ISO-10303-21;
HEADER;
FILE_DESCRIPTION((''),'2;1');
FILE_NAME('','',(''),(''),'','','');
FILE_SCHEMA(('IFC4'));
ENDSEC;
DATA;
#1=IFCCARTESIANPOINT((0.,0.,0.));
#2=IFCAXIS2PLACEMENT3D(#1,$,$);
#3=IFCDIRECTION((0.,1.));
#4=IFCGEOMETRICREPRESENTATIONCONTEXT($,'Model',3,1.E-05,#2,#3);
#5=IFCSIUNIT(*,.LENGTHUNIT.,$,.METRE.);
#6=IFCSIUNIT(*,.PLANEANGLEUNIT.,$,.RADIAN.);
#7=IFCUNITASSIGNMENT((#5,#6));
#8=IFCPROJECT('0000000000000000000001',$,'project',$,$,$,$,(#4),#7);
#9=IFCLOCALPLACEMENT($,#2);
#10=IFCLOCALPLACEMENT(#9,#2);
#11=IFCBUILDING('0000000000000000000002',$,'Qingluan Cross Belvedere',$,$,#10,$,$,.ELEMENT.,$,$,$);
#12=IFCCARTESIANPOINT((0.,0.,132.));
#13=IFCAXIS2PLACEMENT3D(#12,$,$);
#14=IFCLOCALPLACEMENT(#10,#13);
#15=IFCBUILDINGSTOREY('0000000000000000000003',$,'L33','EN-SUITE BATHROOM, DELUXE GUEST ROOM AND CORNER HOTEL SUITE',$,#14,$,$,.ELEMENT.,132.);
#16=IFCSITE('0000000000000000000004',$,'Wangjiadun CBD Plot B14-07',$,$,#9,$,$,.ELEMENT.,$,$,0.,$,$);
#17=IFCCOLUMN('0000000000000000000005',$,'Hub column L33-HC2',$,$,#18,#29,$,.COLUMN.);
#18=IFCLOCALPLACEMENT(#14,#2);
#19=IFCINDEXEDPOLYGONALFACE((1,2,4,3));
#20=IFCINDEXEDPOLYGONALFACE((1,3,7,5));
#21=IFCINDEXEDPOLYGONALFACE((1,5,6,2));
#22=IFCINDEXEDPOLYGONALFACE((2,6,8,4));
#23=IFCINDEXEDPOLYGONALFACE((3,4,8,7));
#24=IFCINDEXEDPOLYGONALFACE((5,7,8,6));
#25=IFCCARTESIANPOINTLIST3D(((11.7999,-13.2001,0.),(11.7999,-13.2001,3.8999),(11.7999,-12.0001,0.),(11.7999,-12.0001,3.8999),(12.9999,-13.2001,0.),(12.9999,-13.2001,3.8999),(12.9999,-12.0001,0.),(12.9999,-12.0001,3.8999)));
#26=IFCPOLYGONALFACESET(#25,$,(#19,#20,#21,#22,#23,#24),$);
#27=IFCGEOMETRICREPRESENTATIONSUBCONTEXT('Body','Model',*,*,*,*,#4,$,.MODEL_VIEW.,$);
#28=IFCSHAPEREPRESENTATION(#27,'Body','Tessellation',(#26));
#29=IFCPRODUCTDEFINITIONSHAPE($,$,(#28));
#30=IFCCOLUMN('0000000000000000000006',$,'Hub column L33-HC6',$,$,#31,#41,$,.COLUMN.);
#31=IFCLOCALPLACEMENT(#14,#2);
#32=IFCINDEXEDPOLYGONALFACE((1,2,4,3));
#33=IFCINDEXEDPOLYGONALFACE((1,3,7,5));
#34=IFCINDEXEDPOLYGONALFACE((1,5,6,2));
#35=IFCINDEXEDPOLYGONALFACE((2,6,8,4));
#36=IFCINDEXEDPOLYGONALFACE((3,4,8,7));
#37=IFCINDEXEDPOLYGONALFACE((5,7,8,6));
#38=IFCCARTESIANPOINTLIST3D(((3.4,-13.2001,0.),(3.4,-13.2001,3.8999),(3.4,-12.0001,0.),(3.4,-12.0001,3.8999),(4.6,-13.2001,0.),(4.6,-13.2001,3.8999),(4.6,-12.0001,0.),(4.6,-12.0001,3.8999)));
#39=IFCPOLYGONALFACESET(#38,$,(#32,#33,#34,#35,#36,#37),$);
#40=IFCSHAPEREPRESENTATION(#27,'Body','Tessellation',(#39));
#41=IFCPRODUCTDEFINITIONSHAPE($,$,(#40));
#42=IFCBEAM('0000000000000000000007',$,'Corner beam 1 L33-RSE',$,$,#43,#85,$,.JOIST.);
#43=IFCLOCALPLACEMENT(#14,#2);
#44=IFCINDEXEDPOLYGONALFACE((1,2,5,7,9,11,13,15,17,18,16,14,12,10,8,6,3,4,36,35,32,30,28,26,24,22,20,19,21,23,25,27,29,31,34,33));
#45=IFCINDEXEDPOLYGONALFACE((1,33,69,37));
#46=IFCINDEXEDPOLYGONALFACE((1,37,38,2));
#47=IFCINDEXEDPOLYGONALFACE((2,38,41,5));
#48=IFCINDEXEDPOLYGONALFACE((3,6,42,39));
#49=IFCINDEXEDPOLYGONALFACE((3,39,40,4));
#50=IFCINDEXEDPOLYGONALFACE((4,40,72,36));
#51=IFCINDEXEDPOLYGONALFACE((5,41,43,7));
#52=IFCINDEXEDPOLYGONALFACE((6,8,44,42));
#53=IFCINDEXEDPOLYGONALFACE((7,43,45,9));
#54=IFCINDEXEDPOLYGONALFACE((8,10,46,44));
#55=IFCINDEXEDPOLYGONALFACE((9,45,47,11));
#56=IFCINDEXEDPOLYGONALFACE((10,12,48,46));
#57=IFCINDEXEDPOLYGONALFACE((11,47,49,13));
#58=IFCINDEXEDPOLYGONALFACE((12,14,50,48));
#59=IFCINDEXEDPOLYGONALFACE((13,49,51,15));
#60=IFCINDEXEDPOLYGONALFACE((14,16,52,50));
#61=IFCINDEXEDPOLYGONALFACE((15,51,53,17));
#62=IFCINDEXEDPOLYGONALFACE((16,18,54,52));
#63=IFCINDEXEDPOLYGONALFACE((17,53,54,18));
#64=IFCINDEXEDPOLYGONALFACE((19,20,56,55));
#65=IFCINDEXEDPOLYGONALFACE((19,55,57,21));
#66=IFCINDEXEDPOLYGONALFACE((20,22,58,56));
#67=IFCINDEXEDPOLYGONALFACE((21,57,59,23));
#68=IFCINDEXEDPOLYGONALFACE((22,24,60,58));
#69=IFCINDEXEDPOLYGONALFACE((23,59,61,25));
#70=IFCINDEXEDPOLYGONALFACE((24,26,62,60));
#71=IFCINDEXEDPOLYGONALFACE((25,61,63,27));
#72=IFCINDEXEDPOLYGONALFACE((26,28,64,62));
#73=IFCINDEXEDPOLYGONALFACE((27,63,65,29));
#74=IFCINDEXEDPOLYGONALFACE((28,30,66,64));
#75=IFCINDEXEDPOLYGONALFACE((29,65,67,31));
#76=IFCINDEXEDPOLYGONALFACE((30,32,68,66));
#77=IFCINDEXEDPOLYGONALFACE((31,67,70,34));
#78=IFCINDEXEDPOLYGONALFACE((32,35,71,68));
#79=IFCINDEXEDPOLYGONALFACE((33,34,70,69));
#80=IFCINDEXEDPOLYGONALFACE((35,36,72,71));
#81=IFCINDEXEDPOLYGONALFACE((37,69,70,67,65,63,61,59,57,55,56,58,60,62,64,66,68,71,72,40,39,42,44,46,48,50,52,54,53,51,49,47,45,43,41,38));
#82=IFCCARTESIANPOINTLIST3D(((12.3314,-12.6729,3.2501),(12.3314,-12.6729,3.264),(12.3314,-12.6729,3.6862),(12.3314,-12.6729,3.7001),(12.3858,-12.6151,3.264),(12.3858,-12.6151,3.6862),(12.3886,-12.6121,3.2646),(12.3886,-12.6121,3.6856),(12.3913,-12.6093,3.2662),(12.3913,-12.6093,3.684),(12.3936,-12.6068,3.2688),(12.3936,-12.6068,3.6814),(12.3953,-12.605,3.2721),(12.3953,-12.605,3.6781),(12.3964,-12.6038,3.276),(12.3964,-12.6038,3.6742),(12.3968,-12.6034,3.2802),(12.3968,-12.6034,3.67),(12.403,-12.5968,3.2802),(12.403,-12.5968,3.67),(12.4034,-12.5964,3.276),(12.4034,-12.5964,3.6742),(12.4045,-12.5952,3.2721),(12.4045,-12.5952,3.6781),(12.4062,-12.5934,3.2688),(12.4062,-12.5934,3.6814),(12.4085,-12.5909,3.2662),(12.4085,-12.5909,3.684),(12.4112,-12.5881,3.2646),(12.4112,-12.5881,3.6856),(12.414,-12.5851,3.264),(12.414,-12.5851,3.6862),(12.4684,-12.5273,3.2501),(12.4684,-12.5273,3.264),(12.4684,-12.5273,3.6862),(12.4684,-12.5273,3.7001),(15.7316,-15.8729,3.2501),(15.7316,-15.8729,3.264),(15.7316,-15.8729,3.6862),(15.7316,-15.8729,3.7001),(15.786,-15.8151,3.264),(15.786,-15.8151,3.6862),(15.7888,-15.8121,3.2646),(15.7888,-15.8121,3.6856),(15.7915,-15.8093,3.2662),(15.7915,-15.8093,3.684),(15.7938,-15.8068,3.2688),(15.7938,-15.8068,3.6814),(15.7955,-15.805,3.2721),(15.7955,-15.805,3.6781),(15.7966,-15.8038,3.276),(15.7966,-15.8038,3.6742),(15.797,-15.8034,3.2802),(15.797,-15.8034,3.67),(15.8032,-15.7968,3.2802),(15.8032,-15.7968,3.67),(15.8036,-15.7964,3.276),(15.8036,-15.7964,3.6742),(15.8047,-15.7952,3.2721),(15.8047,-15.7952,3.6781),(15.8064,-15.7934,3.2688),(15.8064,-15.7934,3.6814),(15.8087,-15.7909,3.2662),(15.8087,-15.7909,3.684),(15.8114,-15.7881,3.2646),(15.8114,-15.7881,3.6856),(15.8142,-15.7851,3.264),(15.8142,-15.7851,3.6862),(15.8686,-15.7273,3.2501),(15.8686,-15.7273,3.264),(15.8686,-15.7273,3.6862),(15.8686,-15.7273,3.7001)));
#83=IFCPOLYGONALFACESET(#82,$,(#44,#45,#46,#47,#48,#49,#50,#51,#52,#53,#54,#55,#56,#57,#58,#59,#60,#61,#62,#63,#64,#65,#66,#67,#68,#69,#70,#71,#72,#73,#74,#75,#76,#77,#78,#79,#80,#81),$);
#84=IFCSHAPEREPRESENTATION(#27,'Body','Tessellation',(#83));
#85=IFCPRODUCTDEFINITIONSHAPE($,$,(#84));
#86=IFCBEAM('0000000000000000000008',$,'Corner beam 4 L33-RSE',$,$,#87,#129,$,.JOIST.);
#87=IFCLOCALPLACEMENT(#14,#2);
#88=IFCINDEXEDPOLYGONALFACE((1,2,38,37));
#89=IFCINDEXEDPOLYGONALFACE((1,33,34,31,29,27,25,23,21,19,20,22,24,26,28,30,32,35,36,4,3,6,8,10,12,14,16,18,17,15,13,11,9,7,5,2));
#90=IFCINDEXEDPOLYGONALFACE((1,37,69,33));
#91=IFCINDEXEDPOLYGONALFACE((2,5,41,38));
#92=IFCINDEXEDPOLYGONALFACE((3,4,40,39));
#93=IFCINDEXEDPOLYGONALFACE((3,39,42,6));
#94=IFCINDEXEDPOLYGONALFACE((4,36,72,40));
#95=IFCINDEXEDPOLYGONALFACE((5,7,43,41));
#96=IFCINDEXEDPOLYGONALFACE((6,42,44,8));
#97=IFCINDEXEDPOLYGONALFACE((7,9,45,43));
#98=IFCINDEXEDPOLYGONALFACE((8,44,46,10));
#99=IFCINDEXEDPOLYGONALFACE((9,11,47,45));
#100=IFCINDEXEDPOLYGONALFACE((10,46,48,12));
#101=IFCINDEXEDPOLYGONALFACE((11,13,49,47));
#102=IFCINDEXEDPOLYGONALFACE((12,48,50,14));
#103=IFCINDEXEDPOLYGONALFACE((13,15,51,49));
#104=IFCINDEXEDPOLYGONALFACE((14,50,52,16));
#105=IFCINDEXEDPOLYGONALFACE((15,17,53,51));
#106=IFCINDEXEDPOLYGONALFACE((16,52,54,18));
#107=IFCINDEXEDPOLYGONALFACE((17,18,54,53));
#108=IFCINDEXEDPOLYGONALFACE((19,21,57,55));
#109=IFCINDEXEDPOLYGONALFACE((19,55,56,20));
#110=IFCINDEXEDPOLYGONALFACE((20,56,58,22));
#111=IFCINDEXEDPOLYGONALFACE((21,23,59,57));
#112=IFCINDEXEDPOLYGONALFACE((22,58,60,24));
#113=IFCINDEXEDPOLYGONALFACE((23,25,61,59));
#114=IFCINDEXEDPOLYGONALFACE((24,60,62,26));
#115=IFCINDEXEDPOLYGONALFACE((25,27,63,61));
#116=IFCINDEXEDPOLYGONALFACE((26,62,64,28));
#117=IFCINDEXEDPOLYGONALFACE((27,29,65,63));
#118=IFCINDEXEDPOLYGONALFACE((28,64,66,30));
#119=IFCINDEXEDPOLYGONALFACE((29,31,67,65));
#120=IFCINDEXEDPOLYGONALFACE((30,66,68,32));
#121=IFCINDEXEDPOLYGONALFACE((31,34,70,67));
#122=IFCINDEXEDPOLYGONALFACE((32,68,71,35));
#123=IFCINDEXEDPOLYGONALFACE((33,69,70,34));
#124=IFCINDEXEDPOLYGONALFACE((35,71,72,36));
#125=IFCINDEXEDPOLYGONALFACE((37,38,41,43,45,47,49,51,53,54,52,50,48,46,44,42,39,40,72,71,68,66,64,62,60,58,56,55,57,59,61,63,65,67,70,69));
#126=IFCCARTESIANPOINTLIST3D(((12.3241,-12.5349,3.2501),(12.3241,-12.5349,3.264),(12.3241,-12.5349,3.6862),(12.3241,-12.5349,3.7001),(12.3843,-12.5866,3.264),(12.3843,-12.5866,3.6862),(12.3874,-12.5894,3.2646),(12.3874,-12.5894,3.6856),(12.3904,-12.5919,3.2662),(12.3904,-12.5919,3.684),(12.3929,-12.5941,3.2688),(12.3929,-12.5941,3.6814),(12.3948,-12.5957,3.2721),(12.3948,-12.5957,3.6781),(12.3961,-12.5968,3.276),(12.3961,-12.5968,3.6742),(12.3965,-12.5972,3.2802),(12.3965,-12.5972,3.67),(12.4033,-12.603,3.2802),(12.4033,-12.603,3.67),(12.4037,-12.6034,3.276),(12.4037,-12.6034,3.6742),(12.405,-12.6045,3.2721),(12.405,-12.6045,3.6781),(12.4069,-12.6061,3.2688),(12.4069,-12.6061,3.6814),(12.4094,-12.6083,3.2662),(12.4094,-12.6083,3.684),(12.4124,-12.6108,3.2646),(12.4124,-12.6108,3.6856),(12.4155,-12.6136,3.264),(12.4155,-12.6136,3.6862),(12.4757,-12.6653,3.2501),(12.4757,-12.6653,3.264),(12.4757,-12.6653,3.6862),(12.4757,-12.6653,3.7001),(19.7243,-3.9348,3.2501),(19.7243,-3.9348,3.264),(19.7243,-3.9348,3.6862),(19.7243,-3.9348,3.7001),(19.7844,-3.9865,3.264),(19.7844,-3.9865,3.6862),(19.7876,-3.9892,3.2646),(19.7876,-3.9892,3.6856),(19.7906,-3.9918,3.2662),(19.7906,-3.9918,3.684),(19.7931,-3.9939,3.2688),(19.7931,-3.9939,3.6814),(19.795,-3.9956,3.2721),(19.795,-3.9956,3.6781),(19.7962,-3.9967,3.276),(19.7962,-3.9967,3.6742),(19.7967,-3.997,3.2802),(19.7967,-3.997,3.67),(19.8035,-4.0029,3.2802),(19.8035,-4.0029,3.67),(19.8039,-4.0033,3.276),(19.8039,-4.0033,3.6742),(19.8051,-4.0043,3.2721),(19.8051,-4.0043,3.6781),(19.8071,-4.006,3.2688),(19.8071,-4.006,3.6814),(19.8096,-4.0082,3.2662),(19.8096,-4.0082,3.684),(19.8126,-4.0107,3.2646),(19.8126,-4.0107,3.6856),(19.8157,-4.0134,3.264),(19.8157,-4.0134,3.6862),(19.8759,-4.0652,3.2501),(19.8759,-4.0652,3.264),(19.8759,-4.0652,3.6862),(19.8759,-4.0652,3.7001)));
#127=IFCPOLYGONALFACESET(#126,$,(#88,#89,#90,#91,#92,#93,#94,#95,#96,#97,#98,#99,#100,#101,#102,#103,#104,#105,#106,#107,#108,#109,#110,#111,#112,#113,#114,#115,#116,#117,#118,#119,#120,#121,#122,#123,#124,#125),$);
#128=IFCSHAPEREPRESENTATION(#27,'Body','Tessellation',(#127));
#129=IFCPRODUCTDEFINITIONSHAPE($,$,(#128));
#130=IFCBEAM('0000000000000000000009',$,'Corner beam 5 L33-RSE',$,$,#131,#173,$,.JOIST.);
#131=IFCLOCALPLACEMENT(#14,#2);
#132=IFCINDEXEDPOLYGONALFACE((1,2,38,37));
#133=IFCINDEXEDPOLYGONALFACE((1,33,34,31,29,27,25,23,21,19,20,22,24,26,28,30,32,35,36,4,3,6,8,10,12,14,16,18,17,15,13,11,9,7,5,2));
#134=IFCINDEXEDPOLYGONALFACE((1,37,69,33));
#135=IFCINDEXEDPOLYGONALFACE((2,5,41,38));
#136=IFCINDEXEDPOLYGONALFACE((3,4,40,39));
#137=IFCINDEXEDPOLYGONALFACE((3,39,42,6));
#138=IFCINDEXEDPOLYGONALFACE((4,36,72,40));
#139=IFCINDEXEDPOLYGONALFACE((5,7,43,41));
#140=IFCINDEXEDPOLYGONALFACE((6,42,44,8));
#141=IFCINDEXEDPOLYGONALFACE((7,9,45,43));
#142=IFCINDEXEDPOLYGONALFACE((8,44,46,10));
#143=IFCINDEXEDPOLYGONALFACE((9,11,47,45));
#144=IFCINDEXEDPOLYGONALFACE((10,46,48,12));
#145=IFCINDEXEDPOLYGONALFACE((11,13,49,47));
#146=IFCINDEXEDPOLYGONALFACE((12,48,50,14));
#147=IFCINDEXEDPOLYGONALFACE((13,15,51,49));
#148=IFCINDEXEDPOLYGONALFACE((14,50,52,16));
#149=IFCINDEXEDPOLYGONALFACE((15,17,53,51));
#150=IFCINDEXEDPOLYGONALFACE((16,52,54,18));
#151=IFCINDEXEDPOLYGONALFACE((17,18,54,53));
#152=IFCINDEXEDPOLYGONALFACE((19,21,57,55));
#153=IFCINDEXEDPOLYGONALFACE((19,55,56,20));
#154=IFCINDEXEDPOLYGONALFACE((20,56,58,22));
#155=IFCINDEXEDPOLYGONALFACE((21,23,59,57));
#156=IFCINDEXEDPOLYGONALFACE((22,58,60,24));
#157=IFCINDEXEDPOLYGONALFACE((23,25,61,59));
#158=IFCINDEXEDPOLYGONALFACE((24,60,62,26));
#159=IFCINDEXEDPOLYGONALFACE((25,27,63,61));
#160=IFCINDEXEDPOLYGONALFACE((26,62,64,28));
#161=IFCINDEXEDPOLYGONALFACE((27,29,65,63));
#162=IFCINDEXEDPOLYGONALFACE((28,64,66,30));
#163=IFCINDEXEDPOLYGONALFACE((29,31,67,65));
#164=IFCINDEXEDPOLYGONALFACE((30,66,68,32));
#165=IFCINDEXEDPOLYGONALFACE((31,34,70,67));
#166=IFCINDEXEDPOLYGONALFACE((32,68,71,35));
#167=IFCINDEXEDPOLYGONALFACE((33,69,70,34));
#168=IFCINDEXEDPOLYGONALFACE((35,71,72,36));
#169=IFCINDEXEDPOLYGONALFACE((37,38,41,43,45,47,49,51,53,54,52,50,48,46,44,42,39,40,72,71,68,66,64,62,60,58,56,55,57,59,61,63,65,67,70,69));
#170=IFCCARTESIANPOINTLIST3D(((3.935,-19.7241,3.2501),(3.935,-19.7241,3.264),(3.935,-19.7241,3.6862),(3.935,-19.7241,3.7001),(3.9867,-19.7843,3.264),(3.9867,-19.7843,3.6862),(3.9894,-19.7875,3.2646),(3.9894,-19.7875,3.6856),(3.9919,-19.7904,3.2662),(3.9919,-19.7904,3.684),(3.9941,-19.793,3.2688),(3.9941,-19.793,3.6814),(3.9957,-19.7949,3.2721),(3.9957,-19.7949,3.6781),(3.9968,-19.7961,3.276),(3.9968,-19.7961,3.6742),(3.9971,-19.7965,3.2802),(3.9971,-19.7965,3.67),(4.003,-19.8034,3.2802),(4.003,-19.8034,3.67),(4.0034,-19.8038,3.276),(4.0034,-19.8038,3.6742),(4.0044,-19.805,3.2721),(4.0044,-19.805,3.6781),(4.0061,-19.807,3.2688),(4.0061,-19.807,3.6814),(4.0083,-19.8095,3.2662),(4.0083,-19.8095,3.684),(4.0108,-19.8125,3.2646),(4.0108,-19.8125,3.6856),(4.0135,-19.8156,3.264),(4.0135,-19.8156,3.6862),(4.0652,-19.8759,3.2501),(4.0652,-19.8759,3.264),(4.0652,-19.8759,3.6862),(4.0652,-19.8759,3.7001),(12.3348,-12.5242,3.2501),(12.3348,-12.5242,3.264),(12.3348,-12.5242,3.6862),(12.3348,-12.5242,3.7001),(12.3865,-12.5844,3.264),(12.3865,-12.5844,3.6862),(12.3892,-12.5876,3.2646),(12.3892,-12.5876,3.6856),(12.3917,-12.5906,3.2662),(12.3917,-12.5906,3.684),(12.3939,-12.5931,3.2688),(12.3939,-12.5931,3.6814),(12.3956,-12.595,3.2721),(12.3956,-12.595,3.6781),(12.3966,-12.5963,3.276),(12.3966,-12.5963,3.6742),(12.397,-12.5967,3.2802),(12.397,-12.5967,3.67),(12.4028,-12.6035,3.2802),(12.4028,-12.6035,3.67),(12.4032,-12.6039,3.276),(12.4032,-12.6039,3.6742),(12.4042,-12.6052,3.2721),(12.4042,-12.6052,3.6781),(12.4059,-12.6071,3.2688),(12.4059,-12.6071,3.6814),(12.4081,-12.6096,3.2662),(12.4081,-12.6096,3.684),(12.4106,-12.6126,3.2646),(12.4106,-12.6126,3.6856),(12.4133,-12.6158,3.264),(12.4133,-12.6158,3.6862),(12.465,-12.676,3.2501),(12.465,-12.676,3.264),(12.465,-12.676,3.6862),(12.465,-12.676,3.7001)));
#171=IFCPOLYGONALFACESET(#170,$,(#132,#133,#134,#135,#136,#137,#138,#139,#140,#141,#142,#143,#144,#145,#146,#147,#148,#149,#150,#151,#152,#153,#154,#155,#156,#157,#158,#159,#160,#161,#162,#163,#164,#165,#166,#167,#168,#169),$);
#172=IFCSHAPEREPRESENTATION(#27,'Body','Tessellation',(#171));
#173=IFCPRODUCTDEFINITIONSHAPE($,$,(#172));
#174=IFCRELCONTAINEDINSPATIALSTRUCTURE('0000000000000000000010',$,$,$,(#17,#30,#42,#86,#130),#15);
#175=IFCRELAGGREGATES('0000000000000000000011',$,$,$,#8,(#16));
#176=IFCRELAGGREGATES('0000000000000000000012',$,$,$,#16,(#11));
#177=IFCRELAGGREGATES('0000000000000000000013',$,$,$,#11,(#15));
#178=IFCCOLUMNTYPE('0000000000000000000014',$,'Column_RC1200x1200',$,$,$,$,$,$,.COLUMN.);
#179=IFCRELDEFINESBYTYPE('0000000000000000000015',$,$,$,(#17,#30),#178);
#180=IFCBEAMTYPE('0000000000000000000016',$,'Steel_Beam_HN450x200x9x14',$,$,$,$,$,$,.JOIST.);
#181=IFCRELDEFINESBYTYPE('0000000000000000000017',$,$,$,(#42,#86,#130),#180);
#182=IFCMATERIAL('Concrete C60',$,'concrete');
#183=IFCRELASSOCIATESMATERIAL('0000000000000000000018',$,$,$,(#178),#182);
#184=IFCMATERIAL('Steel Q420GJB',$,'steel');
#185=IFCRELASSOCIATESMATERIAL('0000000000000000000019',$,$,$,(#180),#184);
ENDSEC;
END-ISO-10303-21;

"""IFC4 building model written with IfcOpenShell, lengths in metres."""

from ifc_helpers import new_model, si_unit, direction, frame, origin, origin_2d, place, context, subcontext, project, spatial, rectangle, i_section, extrude, material, material_profile, profile_set, type_object, element, save


model = new_model("IFC4")

# Units and contexts
model_context = context("Model", 3, precision=1e-05, world=origin(), true_north=direction((0.0, 1.0)))
body_context = subcontext(model_context, "Body", "Model", "MODEL_VIEW")
ifc_project = project(units=[si_unit("LENGTHUNIT", "METRE"), si_unit("PLANEANGLEUNIT", "RADIAN")], contexts=[model_context])

# Site, building, storey
site_placement = place(None, origin())
site = spatial("IfcSite", under=ifc_project, at=site_placement, Name="Wangjiadun CBD Plot B14-07", CompositionType="ELEMENT", RefElevation=0.0)
building_placement = place(site_placement, origin())
building = spatial("IfcBuilding", under=site, at=building_placement, Name="Qingluan Cross Belvedere", CompositionType="ELEMENT")
storey_placement = place(building_placement, frame((0.0, 0.0, 132.0)))
storey = spatial("IfcBuildingStorey", under=building, at=storey_placement, Name="L33", Description="EN-SUITE BATHROOM, DELUXE GUEST ROOM AND CORNER HOTEL SUITE", CompositionType="ELEMENT", Elevation=132.0)

# Columns
ifc_material_1 = material(Name="Concrete C60", Category="concrete")
ifc_material_profile_1 = material_profile(ifc_material_1, rectangle(XDim=1.2, YDim=1.2, at=origin_2d()), Name="RC1200x1200")
ifc_profile_set_1 = profile_set([ifc_material_profile_1], Name="Concrete C60")
column_type = type_object("IfcColumnType", Name="Column_RC1200x1200", PredefinedType="COLUMN", material=ifc_profile_set_1)
for number, where, z_axis, x_axis, name in (
    (1, (12.3999, -12.6001, 0.0), (0.0, 0.0, 1.0), (1.0, 0.0, 0.0), "Hub column L33-HC2"),
    (2, (4.0, -12.6001, 0.0), (0.0, 0.0, 1.0), (1.0, 0.0, 0.0), "Hub column L33-HC6"),
):
    element("IfcColumn", number, at=place(storey_placement, frame(where, z_axis=z_axis, x_axis=x_axis)), inside=storey, type_object=column_type, Name=name, PredefinedType="COLUMN", context=body_context, shape_type="SweptSolid", body=[
        extrude(rectangle(XDim=1.2, YDim=1.2, at=origin_2d()), origin(), (0.0, 0.0, 1.0), 3.8999),
    ])

# Beams
ifc_material_2 = material(Name="Steel Q420GJB", Category="steel")
ifc_material_profile_2 = material_profile(ifc_material_2, i_section(OverallWidth=0.2, OverallDepth=0.45, WebThickness=0.009, FlangeThickness=0.0139, FilletRadius=0.0161, at=origin_2d()), Name="HN450x200x9x14")
ifc_profile_set_2 = profile_set([ifc_material_profile_2], Name="Steel Q420GJB")
beam_type_1 = type_object("IfcBeamType", Name="Steel_Beam_HN450x200x9x14", PredefinedType="JOIST", material=ifc_profile_set_2)
beam_1_placement = place(storey_placement, frame((12.3999, -12.6001, 3.4751), z_axis=(0.72822, -0.685343, 0.0), x_axis=(0.685343, 0.72822, 0.0)))
element("IfcBeam", 3, at=beam_1_placement, inside=storey, type_object=beam_type_1, Name="Corner beam 1 L33-RSE", PredefinedType="JOIST", context=body_context, shape_type="SweptSolid", body=[
    extrude(i_section(OverallWidth=0.2, OverallDepth=0.45, WebThickness=0.009, FlangeThickness=0.0139, FilletRadius=0.0161, at=origin_2d()), origin(), (0.0, 0.0, 1.0), 4.6692),
])
beam_2_placement = place(storey_placement, frame((12.3999, -12.6001, 3.4751), z_axis=(0.652245, 0.758008, 0.0), x_axis=(-0.758008, 0.652245, 0.0)))
element("IfcBeam", 4, at=beam_2_placement, inside=storey, type_object=beam_type_1, Name="Corner beam 4 L33-RSE", PredefinedType="JOIST", context=body_context, shape_type="SweptSolid", body=[
    extrude(i_section(OverallWidth=0.2, OverallDepth=0.45, WebThickness=0.009, FlangeThickness=0.0139, FilletRadius=0.0161, at=origin_2d()), origin(), (0.0, 0.0, 1.0), 11.3457),
])
beam_3_placement = place(storey_placement, frame((12.3999, -12.6001, 3.4751), z_axis=(-0.759255, -0.650793, 0.0), x_axis=(0.650793, -0.759255, 0.0)))
element("IfcBeam", 5, at=beam_3_placement, inside=storey, type_object=beam_type_1, Name="Corner beam 5 L33-RSE", PredefinedType="JOIST", context=body_context, shape_type="SweptSolid", body=[
    extrude(i_section(OverallWidth=0.2, OverallDepth=0.45, WebThickness=0.009, FlangeThickness=0.0139, FilletRadius=0.0161, at=origin_2d()), origin(), (0.0, 0.0, 1.0), 11.0632),
])

save(model, "model.ifc")
